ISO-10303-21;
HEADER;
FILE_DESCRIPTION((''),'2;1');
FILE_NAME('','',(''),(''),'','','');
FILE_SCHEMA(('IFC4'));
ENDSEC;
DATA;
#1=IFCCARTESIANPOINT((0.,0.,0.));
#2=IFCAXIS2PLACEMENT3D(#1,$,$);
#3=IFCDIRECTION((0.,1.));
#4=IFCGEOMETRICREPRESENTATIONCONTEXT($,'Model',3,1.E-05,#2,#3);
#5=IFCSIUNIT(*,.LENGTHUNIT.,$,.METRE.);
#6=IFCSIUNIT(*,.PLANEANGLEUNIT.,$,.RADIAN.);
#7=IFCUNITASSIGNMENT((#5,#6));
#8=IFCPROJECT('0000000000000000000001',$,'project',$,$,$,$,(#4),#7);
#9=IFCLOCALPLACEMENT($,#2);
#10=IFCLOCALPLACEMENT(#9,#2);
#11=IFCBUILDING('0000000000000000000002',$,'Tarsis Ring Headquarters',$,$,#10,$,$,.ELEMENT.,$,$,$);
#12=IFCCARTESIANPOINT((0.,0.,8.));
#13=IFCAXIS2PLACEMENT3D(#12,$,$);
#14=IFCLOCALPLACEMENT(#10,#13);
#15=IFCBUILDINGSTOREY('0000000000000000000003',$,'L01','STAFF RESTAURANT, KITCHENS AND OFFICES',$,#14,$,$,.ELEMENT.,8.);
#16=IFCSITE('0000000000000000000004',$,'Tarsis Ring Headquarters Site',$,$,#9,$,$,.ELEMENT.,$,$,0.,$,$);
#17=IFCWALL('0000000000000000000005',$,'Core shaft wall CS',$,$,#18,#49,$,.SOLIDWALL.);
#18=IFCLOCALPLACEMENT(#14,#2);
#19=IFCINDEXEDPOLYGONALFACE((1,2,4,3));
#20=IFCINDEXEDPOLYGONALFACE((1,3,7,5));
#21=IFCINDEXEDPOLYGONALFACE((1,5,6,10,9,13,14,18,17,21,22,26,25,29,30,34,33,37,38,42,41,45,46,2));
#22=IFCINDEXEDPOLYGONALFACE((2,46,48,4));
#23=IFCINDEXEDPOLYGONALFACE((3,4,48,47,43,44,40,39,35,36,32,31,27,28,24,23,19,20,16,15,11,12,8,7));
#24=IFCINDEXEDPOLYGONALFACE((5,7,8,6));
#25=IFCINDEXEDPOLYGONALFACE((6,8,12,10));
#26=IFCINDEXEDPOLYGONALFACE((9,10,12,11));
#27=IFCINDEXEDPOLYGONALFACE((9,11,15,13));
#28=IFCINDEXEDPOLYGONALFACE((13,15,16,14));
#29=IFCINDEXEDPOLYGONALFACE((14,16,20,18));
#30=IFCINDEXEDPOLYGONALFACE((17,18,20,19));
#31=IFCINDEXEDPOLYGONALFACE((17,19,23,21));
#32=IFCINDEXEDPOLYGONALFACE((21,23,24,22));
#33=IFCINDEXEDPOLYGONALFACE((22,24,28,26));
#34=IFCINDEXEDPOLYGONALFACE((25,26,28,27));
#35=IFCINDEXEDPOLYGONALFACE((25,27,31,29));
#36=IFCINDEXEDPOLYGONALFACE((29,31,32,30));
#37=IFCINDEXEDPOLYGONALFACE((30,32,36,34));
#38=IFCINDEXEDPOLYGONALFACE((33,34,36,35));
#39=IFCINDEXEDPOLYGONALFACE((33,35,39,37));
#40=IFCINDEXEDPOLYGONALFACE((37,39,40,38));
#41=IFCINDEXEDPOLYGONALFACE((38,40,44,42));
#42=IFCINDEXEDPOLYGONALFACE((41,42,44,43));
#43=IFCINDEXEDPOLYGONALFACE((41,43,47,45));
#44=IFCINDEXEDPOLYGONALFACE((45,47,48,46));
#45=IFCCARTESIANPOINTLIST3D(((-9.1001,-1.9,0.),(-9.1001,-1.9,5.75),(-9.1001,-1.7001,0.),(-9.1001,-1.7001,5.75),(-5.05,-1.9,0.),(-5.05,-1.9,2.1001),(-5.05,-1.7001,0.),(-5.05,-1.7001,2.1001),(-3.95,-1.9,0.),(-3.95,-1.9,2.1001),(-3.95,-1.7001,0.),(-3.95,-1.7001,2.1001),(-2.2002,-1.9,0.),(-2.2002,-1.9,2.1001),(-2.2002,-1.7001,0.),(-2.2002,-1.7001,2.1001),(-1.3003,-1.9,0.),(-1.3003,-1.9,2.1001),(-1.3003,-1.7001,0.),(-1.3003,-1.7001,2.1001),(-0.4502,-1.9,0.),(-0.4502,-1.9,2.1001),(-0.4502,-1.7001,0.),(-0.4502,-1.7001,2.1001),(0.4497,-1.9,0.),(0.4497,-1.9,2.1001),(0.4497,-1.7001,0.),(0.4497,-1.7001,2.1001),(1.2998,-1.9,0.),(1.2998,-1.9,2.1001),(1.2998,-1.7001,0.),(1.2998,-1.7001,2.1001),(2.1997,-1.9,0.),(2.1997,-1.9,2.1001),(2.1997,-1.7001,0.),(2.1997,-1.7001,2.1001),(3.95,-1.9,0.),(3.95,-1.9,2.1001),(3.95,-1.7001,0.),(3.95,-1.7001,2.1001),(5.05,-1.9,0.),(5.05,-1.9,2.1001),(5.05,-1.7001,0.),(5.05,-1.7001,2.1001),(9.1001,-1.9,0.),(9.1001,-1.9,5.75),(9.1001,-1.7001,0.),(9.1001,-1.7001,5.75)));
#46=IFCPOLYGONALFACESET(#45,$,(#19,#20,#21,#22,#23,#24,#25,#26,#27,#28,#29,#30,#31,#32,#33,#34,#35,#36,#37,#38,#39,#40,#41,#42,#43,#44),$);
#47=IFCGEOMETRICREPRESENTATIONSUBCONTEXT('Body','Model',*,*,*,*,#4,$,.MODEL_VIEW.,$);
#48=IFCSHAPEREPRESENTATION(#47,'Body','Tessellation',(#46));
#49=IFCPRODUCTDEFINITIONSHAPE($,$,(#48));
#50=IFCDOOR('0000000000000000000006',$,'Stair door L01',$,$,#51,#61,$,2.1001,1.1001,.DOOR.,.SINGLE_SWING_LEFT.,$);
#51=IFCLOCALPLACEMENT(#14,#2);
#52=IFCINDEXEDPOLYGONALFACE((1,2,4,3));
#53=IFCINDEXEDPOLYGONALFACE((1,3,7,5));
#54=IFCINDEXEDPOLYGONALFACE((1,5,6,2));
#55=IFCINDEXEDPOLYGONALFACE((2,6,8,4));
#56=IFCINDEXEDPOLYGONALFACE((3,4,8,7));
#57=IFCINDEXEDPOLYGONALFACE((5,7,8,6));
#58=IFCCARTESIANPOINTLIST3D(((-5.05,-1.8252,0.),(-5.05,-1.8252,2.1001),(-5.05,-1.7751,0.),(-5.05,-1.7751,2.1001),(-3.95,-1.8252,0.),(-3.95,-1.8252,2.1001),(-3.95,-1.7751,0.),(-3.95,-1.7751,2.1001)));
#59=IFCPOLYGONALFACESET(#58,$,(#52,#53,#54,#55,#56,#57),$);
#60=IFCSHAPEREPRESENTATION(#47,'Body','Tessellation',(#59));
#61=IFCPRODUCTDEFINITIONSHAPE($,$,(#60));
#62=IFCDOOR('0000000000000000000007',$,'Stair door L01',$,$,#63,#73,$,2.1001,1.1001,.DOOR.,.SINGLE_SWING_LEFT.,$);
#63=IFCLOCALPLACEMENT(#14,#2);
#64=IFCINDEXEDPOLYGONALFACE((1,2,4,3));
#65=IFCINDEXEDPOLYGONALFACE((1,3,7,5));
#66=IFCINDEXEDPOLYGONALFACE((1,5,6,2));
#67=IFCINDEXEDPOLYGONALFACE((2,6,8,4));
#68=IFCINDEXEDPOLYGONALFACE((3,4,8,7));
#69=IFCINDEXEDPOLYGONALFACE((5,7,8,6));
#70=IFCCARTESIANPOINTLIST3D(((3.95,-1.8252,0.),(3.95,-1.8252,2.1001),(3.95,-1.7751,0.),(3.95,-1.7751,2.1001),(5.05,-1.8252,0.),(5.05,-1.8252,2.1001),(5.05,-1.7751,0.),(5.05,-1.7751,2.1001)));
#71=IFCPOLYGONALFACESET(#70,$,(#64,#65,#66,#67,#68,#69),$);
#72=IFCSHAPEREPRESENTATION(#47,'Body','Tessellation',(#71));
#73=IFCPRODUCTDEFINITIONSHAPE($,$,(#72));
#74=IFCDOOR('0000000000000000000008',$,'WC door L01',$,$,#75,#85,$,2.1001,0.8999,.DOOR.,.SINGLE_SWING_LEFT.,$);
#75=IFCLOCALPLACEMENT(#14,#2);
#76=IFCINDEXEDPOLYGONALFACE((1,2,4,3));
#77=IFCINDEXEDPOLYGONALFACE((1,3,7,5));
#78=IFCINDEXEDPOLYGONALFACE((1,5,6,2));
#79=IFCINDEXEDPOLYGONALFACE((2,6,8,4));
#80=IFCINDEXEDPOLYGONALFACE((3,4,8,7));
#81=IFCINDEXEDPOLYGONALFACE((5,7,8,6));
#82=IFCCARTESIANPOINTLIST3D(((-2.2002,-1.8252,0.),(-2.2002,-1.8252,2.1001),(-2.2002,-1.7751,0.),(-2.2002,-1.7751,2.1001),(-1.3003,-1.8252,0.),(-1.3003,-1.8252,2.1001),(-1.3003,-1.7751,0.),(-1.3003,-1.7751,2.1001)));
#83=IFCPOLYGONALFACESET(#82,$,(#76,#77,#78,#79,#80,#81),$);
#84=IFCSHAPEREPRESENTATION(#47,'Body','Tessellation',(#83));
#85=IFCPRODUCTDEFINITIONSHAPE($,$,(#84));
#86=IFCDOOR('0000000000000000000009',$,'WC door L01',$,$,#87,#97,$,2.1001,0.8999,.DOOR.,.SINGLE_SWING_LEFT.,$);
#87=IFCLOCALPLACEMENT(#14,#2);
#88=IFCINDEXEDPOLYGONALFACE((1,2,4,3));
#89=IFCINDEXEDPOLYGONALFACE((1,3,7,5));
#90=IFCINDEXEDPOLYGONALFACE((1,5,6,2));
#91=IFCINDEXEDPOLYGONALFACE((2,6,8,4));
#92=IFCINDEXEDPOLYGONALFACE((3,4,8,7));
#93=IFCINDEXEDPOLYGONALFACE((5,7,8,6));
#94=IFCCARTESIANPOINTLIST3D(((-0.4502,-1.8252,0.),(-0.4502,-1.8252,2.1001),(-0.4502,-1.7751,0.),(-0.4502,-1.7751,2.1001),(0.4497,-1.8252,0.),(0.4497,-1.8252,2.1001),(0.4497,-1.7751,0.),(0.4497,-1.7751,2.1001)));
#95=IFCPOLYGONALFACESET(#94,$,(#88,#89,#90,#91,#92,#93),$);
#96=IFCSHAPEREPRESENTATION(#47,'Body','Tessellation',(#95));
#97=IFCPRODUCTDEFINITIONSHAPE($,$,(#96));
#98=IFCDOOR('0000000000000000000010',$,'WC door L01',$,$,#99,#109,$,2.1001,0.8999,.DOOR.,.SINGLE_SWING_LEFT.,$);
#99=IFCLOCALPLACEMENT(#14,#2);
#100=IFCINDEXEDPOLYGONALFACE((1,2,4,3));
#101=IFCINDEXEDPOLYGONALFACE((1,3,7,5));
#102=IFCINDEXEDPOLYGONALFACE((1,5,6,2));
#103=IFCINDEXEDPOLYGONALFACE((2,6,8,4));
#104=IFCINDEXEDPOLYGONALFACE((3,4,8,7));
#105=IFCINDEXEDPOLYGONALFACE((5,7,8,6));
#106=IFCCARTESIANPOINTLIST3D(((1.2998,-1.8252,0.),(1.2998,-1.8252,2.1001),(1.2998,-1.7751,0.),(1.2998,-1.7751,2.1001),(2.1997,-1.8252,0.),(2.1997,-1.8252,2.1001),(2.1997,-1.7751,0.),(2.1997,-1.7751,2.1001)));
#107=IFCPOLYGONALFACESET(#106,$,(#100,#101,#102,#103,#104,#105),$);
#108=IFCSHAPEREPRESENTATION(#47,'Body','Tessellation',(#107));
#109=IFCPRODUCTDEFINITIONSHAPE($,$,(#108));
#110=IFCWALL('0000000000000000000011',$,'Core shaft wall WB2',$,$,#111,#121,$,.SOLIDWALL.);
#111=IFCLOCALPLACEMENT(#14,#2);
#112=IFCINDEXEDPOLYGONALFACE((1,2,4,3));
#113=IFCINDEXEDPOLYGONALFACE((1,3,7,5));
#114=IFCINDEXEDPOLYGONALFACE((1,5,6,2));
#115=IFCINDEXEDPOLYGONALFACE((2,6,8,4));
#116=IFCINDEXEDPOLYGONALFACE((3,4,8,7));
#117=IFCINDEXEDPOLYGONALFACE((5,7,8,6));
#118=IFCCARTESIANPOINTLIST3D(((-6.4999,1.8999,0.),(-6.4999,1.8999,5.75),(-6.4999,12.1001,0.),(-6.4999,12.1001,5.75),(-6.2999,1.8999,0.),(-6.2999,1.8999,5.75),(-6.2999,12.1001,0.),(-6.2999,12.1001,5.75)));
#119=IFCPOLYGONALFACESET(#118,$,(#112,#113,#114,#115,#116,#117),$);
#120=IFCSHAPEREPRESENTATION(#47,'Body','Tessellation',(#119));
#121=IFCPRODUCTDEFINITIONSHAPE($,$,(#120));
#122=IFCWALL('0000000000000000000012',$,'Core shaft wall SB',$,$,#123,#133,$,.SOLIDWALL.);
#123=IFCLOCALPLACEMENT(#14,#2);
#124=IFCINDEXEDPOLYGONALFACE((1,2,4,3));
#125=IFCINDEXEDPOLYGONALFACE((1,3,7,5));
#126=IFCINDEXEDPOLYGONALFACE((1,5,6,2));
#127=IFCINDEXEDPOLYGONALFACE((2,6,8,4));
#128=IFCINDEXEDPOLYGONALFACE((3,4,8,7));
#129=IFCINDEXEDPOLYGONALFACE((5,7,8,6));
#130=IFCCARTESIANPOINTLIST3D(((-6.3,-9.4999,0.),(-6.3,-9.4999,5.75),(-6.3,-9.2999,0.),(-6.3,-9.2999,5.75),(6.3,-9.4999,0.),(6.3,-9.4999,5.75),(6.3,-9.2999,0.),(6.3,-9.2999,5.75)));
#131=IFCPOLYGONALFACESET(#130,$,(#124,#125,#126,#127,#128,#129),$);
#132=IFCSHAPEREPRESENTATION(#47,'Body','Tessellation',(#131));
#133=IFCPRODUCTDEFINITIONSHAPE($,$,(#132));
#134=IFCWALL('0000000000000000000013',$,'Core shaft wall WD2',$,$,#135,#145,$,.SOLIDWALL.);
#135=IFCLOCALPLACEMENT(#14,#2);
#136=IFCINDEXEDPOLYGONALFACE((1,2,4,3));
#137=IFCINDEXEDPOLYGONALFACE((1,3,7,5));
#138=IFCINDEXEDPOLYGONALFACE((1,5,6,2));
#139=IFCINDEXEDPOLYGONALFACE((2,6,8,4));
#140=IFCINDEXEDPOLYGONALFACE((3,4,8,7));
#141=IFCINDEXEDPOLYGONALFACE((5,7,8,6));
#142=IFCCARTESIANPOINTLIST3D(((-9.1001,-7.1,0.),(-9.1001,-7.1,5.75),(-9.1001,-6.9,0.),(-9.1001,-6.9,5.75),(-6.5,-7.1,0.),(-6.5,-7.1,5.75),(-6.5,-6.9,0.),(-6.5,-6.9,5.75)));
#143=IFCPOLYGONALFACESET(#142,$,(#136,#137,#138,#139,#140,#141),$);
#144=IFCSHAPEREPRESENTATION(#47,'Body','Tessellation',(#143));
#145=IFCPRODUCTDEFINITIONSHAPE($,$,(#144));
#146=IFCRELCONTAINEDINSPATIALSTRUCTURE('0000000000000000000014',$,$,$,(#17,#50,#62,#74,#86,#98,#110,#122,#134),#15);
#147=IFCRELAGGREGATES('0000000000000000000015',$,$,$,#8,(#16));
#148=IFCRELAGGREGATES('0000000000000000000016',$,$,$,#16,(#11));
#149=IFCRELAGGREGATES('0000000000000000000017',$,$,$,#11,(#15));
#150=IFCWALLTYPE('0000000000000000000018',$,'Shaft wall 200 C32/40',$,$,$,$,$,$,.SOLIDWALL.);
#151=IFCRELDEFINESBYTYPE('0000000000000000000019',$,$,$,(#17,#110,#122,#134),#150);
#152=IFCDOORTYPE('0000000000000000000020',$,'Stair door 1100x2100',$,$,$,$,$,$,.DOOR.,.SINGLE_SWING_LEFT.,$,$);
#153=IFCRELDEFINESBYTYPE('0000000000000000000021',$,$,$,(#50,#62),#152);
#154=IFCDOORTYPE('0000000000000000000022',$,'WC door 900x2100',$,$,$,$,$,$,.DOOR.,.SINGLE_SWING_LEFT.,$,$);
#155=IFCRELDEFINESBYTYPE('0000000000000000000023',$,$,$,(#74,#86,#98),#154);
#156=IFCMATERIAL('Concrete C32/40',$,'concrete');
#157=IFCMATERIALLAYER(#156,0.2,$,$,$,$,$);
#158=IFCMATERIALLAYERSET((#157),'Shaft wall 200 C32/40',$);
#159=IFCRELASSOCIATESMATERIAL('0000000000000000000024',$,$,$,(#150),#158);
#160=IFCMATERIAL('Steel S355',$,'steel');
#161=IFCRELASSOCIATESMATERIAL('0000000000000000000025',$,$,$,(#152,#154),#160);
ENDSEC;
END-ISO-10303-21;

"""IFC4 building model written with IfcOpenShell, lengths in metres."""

from ifc_helpers import new_model, si_unit, direction, frame, frame_2d, origin, place, context, subcontext, project, spatial, rectangle, extrude, material, layer, layer_set, type_object, element, fill, save


model = new_model("IFC4")

# Units and contexts
model_context = context("Model", 3, precision=1e-05, world=origin(), true_north=direction((0.0, 1.0)))
body_context = subcontext(model_context, "Body", "Model", "MODEL_VIEW")
ifc_project = project(units=[si_unit("LENGTHUNIT", "METRE"), si_unit("PLANEANGLEUNIT", "RADIAN")], contexts=[model_context])

# Site, building, storey
site_placement = place(None, origin())
site = spatial("IfcSite", under=ifc_project, at=site_placement, Name="Tarsis Ring Headquarters Site", CompositionType="ELEMENT", RefElevation=0.0)
building_placement = place(site_placement, origin())
building = spatial("IfcBuilding", under=site, at=building_placement, Name="Tarsis Ring Headquarters", CompositionType="ELEMENT")
storey_placement = place(building_placement, frame((0.0, 0.0, 8.0)))
storey = spatial("IfcBuildingStorey", under=building, at=storey_placement, Name="L01", Description="STAFF RESTAURANT, KITCHENS AND OFFICES", CompositionType="ELEMENT", Elevation=8.0)

# Wall, openings, doors
ifc_material_1 = material(Name="Concrete C32/40", Category="concrete")
ifc_layer = layer(ifc_material_1, 0.2)
ifc_layer_set = layer_set([ifc_layer], Name="Shaft wall 200 C32/40")
wall_type = type_object("IfcWallType", Name="Shaft wall 200 C32/40", PredefinedType="SOLIDWALL", material=ifc_layer_set)
ifc_material_2 = material(Name="Steel S355", Category="steel")
door_type_1 = type_object("IfcDoorType", Name="Stair door 1100x2100", OperationType="SINGLE_SWING_LEFT", PredefinedType="DOOR", material=ifc_material_2)
wall_1_placement = place(storey_placement, frame((-9.1001, -1.8, 0.0), z_axis=(0.0, 0.0, 1.0), x_axis=(1.0, 0.0, 0.0)))
wall_1 = element("IfcWall", 1, at=wall_1_placement, inside=storey, type_object=wall_type, Name="Core shaft wall CS", PredefinedType="SOLIDWALL", context=body_context, shape_type="SweptSolid", body=[
    extrude(rectangle(XDim=18.2002, YDim=0.2, at=frame_2d((9.1001, 0.0))), origin(), (0.0, 0.0, 1.0), 5.75),
])
opening_1_placement = place(wall_1_placement, frame((4.05, 0.0, 0.0)))
opening_1 = element("IfcOpeningElement", 2, at=opening_1_placement, cuts=wall_1, PredefinedType="OPENING", context=body_context, shape_type="SweptSolid", body=[
    extrude(rectangle(XDim=1.1001, YDim=2.1001, at=frame_2d((0.55, 1.05))), frame((0.0, 0.1099, 0.0), z_axis=(0.0, -1.0, 0.0), x_axis=(1.0, 0.0, 0.0)), (0.0, 0.0, 1.0), 0.22),
])
opening_2_placement = place(wall_1_placement, frame((6.8999, 0.0, 0.0)))
opening_2 = element("IfcOpeningElement", 3, at=opening_2_placement, cuts=wall_1, PredefinedType="OPENING", context=body_context, shape_type="SweptSolid", body=[
    extrude(rectangle(XDim=0.8999, YDim=2.1001, at=frame_2d((0.45, 1.05))), frame((0.0, 0.1099, 0.0), z_axis=(0.0, -1.0, 0.0), x_axis=(1.0, 0.0, 0.0)), (0.0, 0.0, 1.0), 0.22),
])
opening_3_placement = place(wall_1_placement, frame((8.6499, 0.0, 0.0)))
opening_3 = element("IfcOpeningElement", 4, at=opening_3_placement, cuts=wall_1, PredefinedType="OPENING", context=body_context, shape_type="SweptSolid", body=[
    extrude(rectangle(XDim=0.8999, YDim=2.1001, at=frame_2d((0.45, 1.05))), frame((0.0, 0.1099, 0.0), z_axis=(0.0, -1.0, 0.0), x_axis=(1.0, 0.0, 0.0)), (0.0, 0.0, 1.0), 0.22),
])
opening_4_placement = place(wall_1_placement, frame((10.3999, 0.0, 0.0)))
opening_4 = element("IfcOpeningElement", 5, at=opening_4_placement, cuts=wall_1, PredefinedType="OPENING", context=body_context, shape_type="SweptSolid", body=[
    extrude(rectangle(XDim=0.8999, YDim=2.1001, at=frame_2d((0.45, 1.05))), frame((0.0, 0.1099, 0.0), z_axis=(0.0, -1.0, 0.0), x_axis=(1.0, 0.0, 0.0)), (0.0, 0.0, 1.0), 0.22),
])
opening_5_placement = place(wall_1_placement, frame((13.05, 0.0, 0.0)))
opening_5 = element("IfcOpeningElement", 6, at=opening_5_placement, cuts=wall_1, PredefinedType="OPENING", context=body_context, shape_type="SweptSolid", body=[
    extrude(rectangle(XDim=1.1001, YDim=2.1001, at=frame_2d((0.55, 1.05))), frame((0.0, 0.1099, 0.0), z_axis=(0.0, -1.0, 0.0), x_axis=(1.0, 0.0, 0.0)), (0.0, 0.0, 1.0), 0.22),
])
door_1_placement = place(opening_1_placement, origin())
door_1 = element("IfcDoor", 7, at=door_1_placement, inside=storey, type_object=door_type_1, Name="Stair door L01", OperationType="SINGLE_SWING_LEFT", OverallHeight=2.1001, OverallWidth=1.1001, PredefinedType="DOOR", context=body_context, shape_type="SweptSolid", body=[
    extrude(rectangle(XDim=1.1001, YDim=2.1001, at=frame_2d((0.55, 1.05))), frame((0.0, 0.0249, 0.0), z_axis=(0.0, -1.0, 0.0), x_axis=(1.0, 0.0, 0.0)), (0.0, 0.0, 1.0), 0.05),
])
fill(opening_1, door_1)
door_2_placement = place(opening_5_placement, origin())
door_2 = element("IfcDoor", 8, at=door_2_placement, inside=storey, type_object=door_type_1, Name="Stair door L01", OperationType="SINGLE_SWING_LEFT", OverallHeight=2.1001, OverallWidth=1.1001, PredefinedType="DOOR", context=body_context, shape_type="SweptSolid", body=[
    extrude(rectangle(XDim=1.1001, YDim=2.1001, at=frame_2d((0.55, 1.05))), frame((0.0, 0.0249, 0.0), z_axis=(0.0, -1.0, 0.0), x_axis=(1.0, 0.0, 0.0)), (0.0, 0.0, 1.0), 0.05),
])
fill(opening_5, door_2)
door_type_2 = type_object("IfcDoorType", Name="WC door 900x2100", OperationType="SINGLE_SWING_LEFT", PredefinedType="DOOR", material=ifc_material_2)
door_3_placement = place(opening_2_placement, origin())
door_3 = element("IfcDoor", 9, at=door_3_placement, inside=storey, type_object=door_type_2, Name="WC door L01", OperationType="SINGLE_SWING_LEFT", OverallHeight=2.1001, OverallWidth=0.8999, PredefinedType="DOOR", context=body_context, shape_type="SweptSolid", body=[
    extrude(rectangle(XDim=0.8999, YDim=2.1001, at=frame_2d((0.45, 1.05))), frame((0.0, 0.0249, 0.0), z_axis=(0.0, -1.0, 0.0), x_axis=(1.0, 0.0, 0.0)), (0.0, 0.0, 1.0), 0.05),
])
fill(opening_2, door_3)
door_4_placement = place(opening_3_placement, origin())
door_4 = element("IfcDoor", 10, at=door_4_placement, inside=storey, type_object=door_type_2, Name="WC door L01", OperationType="SINGLE_SWING_LEFT", OverallHeight=2.1001, OverallWidth=0.8999, PredefinedType="DOOR", context=body_context, shape_type="SweptSolid", body=[
    extrude(rectangle(XDim=0.8999, YDim=2.1001, at=frame_2d((0.45, 1.05))), frame((0.0, 0.0249, 0.0), z_axis=(0.0, -1.0, 0.0), x_axis=(1.0, 0.0, 0.0)), (0.0, 0.0, 1.0), 0.05),
])
fill(opening_3, door_4)
door_5_placement = place(opening_4_placement, origin())
door_5 = element("IfcDoor", 11, at=door_5_placement, inside=storey, type_object=door_type_2, Name="WC door L01", OperationType="SINGLE_SWING_LEFT", OverallHeight=2.1001, OverallWidth=0.8999, PredefinedType="DOOR", context=body_context, shape_type="SweptSolid", body=[
    extrude(rectangle(XDim=0.8999, YDim=2.1001, at=frame_2d((0.45, 1.05))), frame((0.0, 0.0249, 0.0), z_axis=(0.0, -1.0, 0.0), x_axis=(1.0, 0.0, 0.0)), (0.0, 0.0, 1.0), 0.05),
])
fill(opening_4, door_5)

# Walls
wall_2_placement = place(storey_placement, frame((-6.3999, 1.8999, 0.0), z_axis=(0.0, 0.0, 1.0), x_axis=(0.0, 1.0, 0.0)))
element("IfcWall", 12, at=wall_2_placement, inside=storey, type_object=wall_type, Name="Core shaft wall WB2", PredefinedType="SOLIDWALL", context=body_context, shape_type="SweptSolid", body=[
    extrude(rectangle(XDim=10.2002, YDim=0.2, at=frame_2d((5.1001, 0.0))), origin(), (0.0, 0.0, 1.0), 5.75),
])
wall_3_placement = place(storey_placement, frame((-6.3, -9.3999, 0.0), z_axis=(0.0, 0.0, 1.0), x_axis=(1.0, 0.0, 0.0)))
element("IfcWall", 13, at=wall_3_placement, inside=storey, type_object=wall_type, Name="Core shaft wall SB", PredefinedType="SOLIDWALL", context=body_context, shape_type="SweptSolid", body=[
    extrude(rectangle(XDim=12.6001, YDim=0.2, at=frame_2d((6.3, 0.0))), origin(), (0.0, 0.0, 1.0), 5.75),
])
wall_4_placement = place(storey_placement, frame((-9.1001, -7.0, 0.0), z_axis=(0.0, 0.0, 1.0), x_axis=(1.0, 0.0, 0.0)))
element("IfcWall", 14, at=wall_4_placement, inside=storey, type_object=wall_type, Name="Core shaft wall WD2", PredefinedType="SOLIDWALL", context=body_context, shape_type="SweptSolid", body=[
    extrude(rectangle(XDim=2.6001, YDim=0.2, at=frame_2d((1.3, 0.0))), origin(), (0.0, 0.0, 1.0), 5.75),
])

save(model, "model.ifc")
